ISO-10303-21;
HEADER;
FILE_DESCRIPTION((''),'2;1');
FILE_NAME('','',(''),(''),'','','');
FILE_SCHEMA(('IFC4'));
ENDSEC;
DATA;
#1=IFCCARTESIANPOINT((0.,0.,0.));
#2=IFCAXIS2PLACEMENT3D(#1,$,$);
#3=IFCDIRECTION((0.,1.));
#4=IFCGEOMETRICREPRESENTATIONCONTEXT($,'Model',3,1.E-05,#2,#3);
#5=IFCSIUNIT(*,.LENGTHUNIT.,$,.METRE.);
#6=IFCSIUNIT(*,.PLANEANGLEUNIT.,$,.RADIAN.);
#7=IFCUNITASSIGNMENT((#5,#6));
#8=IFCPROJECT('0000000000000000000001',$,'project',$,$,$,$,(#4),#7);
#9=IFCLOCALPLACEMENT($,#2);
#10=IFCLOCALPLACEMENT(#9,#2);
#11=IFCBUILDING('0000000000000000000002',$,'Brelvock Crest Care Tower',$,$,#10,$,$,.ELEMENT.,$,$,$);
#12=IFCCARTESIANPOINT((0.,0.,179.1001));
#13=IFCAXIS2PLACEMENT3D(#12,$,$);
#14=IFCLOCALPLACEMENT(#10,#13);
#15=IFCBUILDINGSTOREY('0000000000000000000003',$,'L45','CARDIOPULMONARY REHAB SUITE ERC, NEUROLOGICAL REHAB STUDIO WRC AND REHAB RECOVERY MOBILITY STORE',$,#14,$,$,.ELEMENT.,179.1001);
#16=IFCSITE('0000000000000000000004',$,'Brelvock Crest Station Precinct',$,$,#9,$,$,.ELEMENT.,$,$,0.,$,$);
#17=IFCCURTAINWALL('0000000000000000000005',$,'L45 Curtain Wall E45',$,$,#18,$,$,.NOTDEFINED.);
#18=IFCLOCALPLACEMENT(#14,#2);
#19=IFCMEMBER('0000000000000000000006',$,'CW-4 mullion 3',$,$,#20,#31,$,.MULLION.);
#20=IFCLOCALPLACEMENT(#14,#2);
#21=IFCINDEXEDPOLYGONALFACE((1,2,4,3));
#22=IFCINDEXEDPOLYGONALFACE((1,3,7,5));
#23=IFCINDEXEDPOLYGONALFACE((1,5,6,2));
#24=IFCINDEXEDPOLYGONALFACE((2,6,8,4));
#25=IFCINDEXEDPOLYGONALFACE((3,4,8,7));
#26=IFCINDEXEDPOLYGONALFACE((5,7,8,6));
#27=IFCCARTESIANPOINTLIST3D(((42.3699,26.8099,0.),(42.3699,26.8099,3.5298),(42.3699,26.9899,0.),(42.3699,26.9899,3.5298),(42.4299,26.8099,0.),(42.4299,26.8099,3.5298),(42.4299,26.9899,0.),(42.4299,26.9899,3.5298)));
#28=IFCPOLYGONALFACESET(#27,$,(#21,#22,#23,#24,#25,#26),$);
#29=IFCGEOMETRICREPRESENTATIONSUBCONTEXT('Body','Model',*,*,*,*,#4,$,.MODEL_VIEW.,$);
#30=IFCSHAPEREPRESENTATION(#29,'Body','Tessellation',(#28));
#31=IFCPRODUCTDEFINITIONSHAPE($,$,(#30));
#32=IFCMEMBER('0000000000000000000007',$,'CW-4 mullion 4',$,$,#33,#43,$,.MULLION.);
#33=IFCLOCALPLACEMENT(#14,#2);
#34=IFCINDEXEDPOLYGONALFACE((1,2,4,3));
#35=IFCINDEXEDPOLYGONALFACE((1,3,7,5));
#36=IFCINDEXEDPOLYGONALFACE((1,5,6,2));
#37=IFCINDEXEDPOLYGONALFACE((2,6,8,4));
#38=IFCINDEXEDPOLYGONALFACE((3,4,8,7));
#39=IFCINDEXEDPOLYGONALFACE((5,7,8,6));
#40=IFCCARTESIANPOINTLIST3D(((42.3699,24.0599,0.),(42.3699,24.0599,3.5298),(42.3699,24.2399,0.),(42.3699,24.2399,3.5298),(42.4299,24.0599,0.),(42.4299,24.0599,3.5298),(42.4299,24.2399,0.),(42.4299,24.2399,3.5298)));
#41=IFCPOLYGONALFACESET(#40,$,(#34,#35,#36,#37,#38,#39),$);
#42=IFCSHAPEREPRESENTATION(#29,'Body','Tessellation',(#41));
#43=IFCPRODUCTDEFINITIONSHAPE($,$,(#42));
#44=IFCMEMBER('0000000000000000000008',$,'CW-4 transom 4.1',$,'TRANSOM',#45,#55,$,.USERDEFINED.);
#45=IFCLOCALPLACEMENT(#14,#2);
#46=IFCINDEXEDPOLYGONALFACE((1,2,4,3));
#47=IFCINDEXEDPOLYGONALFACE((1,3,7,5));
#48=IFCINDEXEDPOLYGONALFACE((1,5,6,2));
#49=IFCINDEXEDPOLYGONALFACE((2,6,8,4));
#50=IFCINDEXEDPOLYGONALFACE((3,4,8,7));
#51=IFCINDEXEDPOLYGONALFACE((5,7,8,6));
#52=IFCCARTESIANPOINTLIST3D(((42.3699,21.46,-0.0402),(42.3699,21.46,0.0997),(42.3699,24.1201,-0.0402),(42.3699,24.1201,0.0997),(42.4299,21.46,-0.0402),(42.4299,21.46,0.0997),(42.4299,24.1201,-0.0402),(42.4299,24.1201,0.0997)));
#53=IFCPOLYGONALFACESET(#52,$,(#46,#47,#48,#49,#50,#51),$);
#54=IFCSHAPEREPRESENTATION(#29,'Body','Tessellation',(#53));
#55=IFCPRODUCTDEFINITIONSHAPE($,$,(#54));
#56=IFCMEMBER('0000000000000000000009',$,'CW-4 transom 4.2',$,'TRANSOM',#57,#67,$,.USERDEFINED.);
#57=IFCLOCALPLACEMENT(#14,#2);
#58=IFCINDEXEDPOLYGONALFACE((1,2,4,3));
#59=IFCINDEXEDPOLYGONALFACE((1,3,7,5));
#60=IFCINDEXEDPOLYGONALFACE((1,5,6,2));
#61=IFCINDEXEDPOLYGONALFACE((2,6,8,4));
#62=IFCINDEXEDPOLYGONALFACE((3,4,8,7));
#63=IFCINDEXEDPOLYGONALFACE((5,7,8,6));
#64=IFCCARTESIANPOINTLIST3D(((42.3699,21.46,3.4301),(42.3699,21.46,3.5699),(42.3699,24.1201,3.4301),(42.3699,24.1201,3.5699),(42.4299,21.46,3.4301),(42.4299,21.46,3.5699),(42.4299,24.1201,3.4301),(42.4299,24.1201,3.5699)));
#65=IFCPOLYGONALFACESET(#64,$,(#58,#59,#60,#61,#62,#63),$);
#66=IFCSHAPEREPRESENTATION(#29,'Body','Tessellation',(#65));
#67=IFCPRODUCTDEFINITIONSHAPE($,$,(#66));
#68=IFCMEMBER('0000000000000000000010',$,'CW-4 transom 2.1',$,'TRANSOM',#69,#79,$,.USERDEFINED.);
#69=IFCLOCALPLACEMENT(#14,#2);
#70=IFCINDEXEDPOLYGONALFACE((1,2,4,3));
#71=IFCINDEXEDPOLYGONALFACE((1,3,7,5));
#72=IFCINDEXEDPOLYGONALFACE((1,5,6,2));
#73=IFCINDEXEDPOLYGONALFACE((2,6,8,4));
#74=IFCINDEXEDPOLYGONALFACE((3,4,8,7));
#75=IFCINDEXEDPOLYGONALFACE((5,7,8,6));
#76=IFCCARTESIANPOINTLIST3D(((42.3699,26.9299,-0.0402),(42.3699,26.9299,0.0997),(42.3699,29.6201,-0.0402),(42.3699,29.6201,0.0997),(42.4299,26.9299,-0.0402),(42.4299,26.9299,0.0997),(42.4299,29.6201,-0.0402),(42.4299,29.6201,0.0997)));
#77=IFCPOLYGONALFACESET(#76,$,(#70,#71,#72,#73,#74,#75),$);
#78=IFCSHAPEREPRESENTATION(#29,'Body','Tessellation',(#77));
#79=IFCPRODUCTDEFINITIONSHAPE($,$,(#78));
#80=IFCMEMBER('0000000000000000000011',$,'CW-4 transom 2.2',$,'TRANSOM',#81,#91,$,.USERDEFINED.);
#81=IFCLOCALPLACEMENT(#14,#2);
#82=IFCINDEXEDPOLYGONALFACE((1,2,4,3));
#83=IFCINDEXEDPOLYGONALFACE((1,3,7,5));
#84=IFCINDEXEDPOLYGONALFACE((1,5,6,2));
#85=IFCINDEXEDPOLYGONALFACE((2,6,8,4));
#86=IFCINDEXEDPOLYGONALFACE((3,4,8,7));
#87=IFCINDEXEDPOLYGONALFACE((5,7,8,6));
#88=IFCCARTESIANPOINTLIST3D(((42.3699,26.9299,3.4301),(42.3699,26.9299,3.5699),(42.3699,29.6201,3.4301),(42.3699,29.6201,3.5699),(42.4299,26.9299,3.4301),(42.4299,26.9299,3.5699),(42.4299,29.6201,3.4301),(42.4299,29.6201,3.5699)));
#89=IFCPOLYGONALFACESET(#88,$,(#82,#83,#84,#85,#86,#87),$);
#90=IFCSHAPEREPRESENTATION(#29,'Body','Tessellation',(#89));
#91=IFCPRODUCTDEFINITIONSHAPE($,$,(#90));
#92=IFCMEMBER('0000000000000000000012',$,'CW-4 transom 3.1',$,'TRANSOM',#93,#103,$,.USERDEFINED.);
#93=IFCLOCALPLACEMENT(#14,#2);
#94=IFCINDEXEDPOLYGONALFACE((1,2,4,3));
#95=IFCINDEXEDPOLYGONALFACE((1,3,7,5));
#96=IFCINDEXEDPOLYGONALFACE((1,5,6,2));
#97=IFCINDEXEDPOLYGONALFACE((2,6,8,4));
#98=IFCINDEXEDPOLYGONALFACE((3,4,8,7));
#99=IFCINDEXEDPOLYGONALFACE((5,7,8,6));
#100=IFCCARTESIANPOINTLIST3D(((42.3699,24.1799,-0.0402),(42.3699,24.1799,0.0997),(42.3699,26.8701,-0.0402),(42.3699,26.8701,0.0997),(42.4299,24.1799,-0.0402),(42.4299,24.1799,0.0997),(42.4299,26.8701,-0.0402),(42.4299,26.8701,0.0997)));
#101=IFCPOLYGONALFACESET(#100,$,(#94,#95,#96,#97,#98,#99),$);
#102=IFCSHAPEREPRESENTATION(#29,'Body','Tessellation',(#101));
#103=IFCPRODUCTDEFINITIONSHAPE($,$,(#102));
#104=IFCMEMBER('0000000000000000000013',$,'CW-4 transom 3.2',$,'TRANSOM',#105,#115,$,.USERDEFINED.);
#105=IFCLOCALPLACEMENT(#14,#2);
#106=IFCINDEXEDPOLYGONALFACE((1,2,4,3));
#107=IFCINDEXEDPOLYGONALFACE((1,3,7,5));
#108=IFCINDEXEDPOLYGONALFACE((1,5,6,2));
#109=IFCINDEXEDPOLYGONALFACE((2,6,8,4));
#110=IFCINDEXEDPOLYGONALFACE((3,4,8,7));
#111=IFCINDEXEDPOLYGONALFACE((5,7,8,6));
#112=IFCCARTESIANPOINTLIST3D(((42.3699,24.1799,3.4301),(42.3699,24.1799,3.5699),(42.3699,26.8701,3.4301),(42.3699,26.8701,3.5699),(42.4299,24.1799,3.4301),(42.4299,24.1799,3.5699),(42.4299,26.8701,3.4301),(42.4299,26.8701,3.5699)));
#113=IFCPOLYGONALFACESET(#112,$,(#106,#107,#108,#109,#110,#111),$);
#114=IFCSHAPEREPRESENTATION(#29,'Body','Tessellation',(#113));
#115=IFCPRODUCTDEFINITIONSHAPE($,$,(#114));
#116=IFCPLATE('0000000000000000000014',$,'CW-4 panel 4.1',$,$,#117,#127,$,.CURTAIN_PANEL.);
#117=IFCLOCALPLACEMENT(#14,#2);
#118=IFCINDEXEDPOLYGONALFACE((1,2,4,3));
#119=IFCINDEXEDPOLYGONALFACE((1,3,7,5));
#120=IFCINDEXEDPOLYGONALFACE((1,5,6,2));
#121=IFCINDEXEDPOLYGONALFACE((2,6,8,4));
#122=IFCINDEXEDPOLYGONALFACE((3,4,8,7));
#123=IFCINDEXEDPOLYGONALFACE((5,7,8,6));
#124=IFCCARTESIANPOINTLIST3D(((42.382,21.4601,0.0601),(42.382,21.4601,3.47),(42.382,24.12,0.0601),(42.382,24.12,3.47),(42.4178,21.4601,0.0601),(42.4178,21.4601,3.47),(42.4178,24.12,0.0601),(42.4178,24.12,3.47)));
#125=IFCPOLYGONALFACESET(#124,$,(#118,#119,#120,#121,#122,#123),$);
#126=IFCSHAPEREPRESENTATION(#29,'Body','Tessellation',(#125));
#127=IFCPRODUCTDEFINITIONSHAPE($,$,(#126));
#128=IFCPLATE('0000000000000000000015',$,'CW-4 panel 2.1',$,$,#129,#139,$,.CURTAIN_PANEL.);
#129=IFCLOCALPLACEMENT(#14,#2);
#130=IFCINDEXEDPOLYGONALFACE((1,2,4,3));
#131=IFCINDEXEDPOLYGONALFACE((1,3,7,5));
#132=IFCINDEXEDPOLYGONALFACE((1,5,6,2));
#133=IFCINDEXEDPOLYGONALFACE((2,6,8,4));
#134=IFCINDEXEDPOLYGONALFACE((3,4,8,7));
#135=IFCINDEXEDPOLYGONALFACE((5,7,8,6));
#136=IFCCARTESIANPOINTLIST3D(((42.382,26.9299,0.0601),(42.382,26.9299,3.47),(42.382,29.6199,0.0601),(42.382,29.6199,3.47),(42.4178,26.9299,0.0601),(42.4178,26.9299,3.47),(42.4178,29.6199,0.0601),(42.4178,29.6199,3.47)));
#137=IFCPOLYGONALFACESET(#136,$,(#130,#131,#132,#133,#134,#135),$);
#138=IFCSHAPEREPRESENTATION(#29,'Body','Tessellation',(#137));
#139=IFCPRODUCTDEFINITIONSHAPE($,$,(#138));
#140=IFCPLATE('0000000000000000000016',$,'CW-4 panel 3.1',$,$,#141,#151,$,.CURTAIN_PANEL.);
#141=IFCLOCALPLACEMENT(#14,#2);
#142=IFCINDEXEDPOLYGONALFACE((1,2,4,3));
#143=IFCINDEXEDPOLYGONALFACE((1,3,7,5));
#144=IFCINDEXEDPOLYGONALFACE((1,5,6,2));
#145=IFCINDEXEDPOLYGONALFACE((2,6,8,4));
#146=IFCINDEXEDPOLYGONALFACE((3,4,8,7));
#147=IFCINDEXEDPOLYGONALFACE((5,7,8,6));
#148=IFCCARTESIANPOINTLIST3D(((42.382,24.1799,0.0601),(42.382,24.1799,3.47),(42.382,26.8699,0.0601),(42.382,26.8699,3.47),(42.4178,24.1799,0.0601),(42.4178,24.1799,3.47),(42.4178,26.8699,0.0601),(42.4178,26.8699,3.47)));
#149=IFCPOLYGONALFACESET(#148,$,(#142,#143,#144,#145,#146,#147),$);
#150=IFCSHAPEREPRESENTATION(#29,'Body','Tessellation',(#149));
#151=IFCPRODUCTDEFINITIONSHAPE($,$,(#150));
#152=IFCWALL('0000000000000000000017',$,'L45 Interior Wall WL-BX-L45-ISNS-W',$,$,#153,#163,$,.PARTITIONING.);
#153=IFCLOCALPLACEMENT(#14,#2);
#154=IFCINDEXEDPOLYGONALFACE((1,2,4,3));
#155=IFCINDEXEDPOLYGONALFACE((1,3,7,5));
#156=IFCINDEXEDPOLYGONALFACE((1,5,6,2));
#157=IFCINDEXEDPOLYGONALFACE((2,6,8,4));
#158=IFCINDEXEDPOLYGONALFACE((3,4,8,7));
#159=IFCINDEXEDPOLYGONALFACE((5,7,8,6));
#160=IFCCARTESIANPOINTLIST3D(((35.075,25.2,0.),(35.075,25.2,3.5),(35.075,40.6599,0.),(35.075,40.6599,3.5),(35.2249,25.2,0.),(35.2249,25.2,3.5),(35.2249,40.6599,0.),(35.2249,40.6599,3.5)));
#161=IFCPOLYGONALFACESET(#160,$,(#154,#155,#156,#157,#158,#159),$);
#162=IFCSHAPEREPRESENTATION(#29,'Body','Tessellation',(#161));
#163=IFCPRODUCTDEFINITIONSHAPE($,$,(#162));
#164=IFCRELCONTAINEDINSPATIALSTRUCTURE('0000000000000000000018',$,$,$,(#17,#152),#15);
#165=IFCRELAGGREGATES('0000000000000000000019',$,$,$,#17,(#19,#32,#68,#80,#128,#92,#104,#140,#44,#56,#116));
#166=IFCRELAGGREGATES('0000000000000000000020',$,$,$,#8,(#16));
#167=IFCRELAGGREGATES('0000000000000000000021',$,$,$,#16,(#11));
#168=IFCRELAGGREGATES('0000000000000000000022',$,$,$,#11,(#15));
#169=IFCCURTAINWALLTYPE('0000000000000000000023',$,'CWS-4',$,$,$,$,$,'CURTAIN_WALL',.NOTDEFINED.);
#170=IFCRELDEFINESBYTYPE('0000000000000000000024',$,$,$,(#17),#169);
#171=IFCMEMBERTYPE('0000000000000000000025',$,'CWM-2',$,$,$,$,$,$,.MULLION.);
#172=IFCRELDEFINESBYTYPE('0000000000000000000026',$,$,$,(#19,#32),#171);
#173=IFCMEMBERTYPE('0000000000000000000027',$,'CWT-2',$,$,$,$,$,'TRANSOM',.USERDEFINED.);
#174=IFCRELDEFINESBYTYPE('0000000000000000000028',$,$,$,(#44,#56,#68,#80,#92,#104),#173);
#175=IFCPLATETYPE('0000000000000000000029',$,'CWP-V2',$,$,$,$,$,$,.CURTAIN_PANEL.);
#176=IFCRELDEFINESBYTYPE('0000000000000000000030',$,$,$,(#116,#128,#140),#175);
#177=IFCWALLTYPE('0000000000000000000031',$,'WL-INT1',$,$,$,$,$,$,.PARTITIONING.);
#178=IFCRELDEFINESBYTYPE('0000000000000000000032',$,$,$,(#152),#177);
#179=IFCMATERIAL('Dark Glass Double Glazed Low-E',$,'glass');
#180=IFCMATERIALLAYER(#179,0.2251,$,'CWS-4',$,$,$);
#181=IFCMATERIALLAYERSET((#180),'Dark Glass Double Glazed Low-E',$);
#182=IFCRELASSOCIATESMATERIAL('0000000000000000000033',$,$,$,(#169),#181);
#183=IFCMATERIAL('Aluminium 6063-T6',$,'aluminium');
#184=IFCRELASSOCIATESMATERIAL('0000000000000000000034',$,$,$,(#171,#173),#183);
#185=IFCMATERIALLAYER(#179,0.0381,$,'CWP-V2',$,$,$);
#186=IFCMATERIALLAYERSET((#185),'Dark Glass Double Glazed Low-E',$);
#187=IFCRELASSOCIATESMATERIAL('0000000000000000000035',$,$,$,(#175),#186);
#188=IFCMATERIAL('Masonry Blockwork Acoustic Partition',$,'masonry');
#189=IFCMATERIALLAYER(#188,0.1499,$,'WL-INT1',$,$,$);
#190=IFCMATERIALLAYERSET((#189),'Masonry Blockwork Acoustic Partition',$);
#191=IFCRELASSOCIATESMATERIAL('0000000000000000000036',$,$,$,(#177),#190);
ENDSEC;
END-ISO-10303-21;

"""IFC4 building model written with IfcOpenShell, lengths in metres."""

from ifc_helpers import new_model, si_unit, direction, frame, frame_2d, origin, origin_2d, place, context, subcontext, project, spatial, rectangle, extrude, source, transform, mapped, material, layer, layer_set, material_profile, profile_set, type_object, element, aggregate, save


model = new_model("IFC4")

# Units and contexts
model_context = context("Model", 3, precision=1e-05, world=origin(), true_north=direction((0.0, 1.0)))
body_context = subcontext(model_context, "Body", "Model", "MODEL_VIEW")
ifc_project = project(units=[si_unit("LENGTHUNIT", "METRE"), si_unit("PLANEANGLEUNIT", "RADIAN")], contexts=[model_context])

# Site, building, storey
site_placement = place(None, origin())
site = spatial("IfcSite", under=ifc_project, at=site_placement, Name="Brelvock Crest Station Precinct", CompositionType="ELEMENT", RefElevation=0.0)
building_placement = place(site_placement, origin())
building = spatial("IfcBuilding", under=site, at=building_placement, Name="Brelvock Crest Care Tower", CompositionType="ELEMENT")
storey_placement = place(building_placement, frame((0.0, 0.0, 179.1001)))
storey = spatial("IfcBuildingStorey", under=building, at=storey_placement, Name="L45", Description="CARDIOPULMONARY REHAB SUITE ERC, NEUROLOGICAL REHAB STUDIO WRC AND REHAB RECOVERY MOBILITY STORE", CompositionType="ELEMENT", Elevation=179.1001)

# Curtain wall, members, plates
ifc_material_1 = material(Name="Dark Glass Double Glazed Low-E", Category="glass")
ifc_layer_1 = layer(ifc_material_1, 0.2251, Name="CWS-4")
ifc_layer_set_1 = layer_set([ifc_layer_1], Name="Dark Glass Double Glazed Low-E")
curtain_wall_type = type_object("IfcCurtainWallType", Name="CWS-4", ElementType="CURTAIN_WALL", PredefinedType="NOTDEFINED", material=ifc_layer_set_1)
curtain_wall_placement = place(storey_placement, origin())
curtain_wall = element("IfcCurtainWall", 1, at=curtain_wall_placement, inside=storey, type_object=curtain_wall_type, Name="L45 Curtain Wall E45", PredefinedType="NOTDEFINED")
ifc_material_2 = material(Name="Aluminium 6063-T6", Category="aluminium")
ifc_material_profile_1 = material_profile(ifc_material_2, rectangle(XDim=0.0601, YDim=0.1799, at=origin_2d()), Name="ALU60x180")
ifc_profile_set_1 = profile_set([ifc_material_profile_1], Name="Aluminium 6063-T6")
member_type_1 = type_object("IfcMemberType", Name="CWM-2", PredefinedType="MULLION", material=ifc_profile_set_1)
shared_shape_1 = source(origin(), body_context, "Body", "SweptSolid", [
    extrude(rectangle(XDim=0.0601, YDim=0.1799, at=origin_2d()), origin(), (0.0, 0.0, 1.0), 3.5298),
])
member_1_placement = place(storey_placement, frame((42.3999, 26.8999, 0.0), z_axis=(0.0, 0.0, 1.0), x_axis=(1.0, 0.0, 0.0)))
member_1 = element("IfcMember", 2, at=member_1_placement, type_object=member_type_1, Name="CW-4 mullion 3", PredefinedType="MULLION", context=body_context, shape_type="MappedRepresentation", body=[
    mapped(shared_shape_1, transform((0.0, 0.0, 0.0), x_axis=(1.0, 0.0, 0.0), y_axis=(0.0, 1.0, 0.0), z_axis=(0.0, 0.0, 1.0), scale=1.0)),
])
member_2_placement = place(storey_placement, frame((42.3999, 24.1499, 0.0), z_axis=(0.0, 0.0, 1.0), x_axis=(1.0, 0.0, 0.0)))
member_2 = element("IfcMember", 3, at=member_2_placement, type_object=member_type_1, Name="CW-4 mullion 4", PredefinedType="MULLION", context=body_context, shape_type="MappedRepresentation", body=[
    mapped(shared_shape_1, transform((0.0, 0.0, 0.0), x_axis=(1.0, 0.0, 0.0), y_axis=(0.0, 1.0, 0.0), z_axis=(0.0, 0.0, 1.0), scale=1.0)),
])
ifc_material_profile_2 = material_profile(ifc_material_2, rectangle(XDim=0.0601, YDim=0.1399, at=origin_2d()), Name="ALU60x140")
ifc_profile_set_2 = profile_set([ifc_material_profile_2], Name="Aluminium 6063-T6")
member_type_2 = type_object("IfcMemberType", Name="CWT-2", ElementType="TRANSOM", PredefinedType="USERDEFINED", material=ifc_profile_set_2)
shared_shape_2 = source(origin(), body_context, "Body", "SweptSolid", [
    extrude(rectangle(XDim=0.0601, YDim=0.1399, at=origin_2d()), origin(), (0.0, 0.0, 1.0), 2.6602),
])
member_3_placement = place(storey_placement, frame((42.3999, 24.1201, 0.0298), z_axis=(0.0, -1.0, 0.0), x_axis=(1.0, 0.0, 0.0)))
member_3 = element("IfcMember", 4, at=member_3_placement, type_object=member_type_2, Name="CW-4 transom 4.1", ObjectType="TRANSOM", PredefinedType="USERDEFINED", context=body_context, shape_type="MappedRepresentation", body=[
    mapped(shared_shape_2, transform((0.0, 0.0, 0.0), x_axis=(1.0, 0.0, 0.0), y_axis=(0.0, 1.0, 0.0), z_axis=(0.0, 0.0, 1.0), scale=1.0)),
])
member_4_placement = place(storey_placement, frame((42.3999, 24.1201, 3.5), z_axis=(0.0, -1.0, 0.0), x_axis=(1.0, 0.0, 0.0)))
member_4 = element("IfcMember", 5, at=member_4_placement, type_object=member_type_2, Name="CW-4 transom 4.2", ObjectType="TRANSOM", PredefinedType="USERDEFINED", context=body_context, shape_type="MappedRepresentation", body=[
    mapped(shared_shape_2, transform((0.0, 0.0, 0.0), x_axis=(1.0, 0.0, 0.0), y_axis=(0.0, 1.0, 0.0), z_axis=(0.0, 0.0, 1.0), scale=1.0)),
])
shared_shape_3 = source(origin(), body_context, "Body", "SweptSolid", [
    extrude(rectangle(XDim=0.0601, YDim=0.1399, at=origin_2d()), origin(), (0.0, 0.0, 1.0), 2.6902),
])
member_5_placement = place(storey_placement, frame((42.3999, 29.6201, 0.0298), z_axis=(0.0, -1.0, 0.0), x_axis=(1.0, 0.0, 0.0)))
member_5 = element("IfcMember", 6, at=member_5_placement, type_object=member_type_2, Name="CW-4 transom 2.1", ObjectType="TRANSOM", PredefinedType="USERDEFINED", context=body_context, shape_type="MappedRepresentation", body=[
    mapped(shared_shape_3, transform((0.0, 0.0, 0.0), x_axis=(1.0, 0.0, 0.0), y_axis=(0.0, 1.0, 0.0), z_axis=(0.0, 0.0, 1.0), scale=1.0)),
])
member_6_placement = place(storey_placement, frame((42.3999, 29.6201, 3.5), z_axis=(0.0, -1.0, 0.0), x_axis=(1.0, 0.0, 0.0)))
member_6 = element("IfcMember", 7, at=member_6_placement, type_object=member_type_2, Name="CW-4 transom 2.2", ObjectType="TRANSOM", PredefinedType="USERDEFINED", context=body_context, shape_type="MappedRepresentation", body=[
    mapped(shared_shape_3, transform((0.0, 0.0, 0.0), x_axis=(1.0, 0.0, 0.0), y_axis=(0.0, 1.0, 0.0), z_axis=(0.0, 0.0, 1.0), scale=1.0)),
])
member_7_placement = place(storey_placement, frame((42.3999, 26.8701, 0.0298), z_axis=(0.0, -1.0, 0.0), x_axis=(1.0, 0.0, 0.0)))
member_7 = element("IfcMember", 8, at=member_7_placement, type_object=member_type_2, Name="CW-4 transom 3.1", ObjectType="TRANSOM", PredefinedType="USERDEFINED", context=body_context, shape_type="MappedRepresentation", body=[
    mapped(shared_shape_3, transform((0.0, 0.0, 0.0), x_axis=(1.0, 0.0, 0.0), y_axis=(0.0, 1.0, 0.0), z_axis=(0.0, 0.0, 1.0), scale=1.0)),
])
member_8_placement = place(storey_placement, frame((42.3999, 26.8701, 3.5), z_axis=(0.0, -1.0, 0.0), x_axis=(1.0, 0.0, 0.0)))
member_8 = element("IfcMember", 9, at=member_8_placement, type_object=member_type_2, Name="CW-4 transom 3.2", ObjectType="TRANSOM", PredefinedType="USERDEFINED", context=body_context, shape_type="MappedRepresentation", body=[
    mapped(shared_shape_3, transform((0.0, 0.0, 0.0), x_axis=(1.0, 0.0, 0.0), y_axis=(0.0, 1.0, 0.0), z_axis=(0.0, 0.0, 1.0), scale=1.0)),
])
ifc_layer_2 = layer(ifc_material_1, 0.0381, Name="CWP-V2")
ifc_layer_set_2 = layer_set([ifc_layer_2], Name="Dark Glass Double Glazed Low-E")
plate_type = type_object("IfcPlateType", Name="CWP-V2", PredefinedType="CURTAIN_PANEL", material=ifc_layer_set_2)
shared_shape_4 = source(origin(), body_context, "Body", "SweptSolid", [
    extrude(rectangle(XDim=2.6599, YDim=0.0359, at=origin_2d()), origin(), (0.0, 0.0, 1.0), 3.4099),
])
plate_1_placement = place(storey_placement, frame((42.3999, 22.79, 0.0601), z_axis=(0.0, 0.0, 1.0), x_axis=(0.0, -1.0, 0.0)))
plate_1 = element("IfcPlate", 10, at=plate_1_placement, type_object=plate_type, Name="CW-4 panel 4.1", PredefinedType="CURTAIN_PANEL", context=body_context, shape_type="MappedRepresentation", body=[
    mapped(shared_shape_4, transform((0.0, 0.0, 0.0), x_axis=(1.0, 0.0, 0.0), y_axis=(0.0, 1.0, 0.0), z_axis=(0.0, 0.0, 1.0), scale=1.0)),
])
shared_shape_5 = source(origin(), body_context, "Body", "SweptSolid", [
    extrude(rectangle(XDim=2.6899, YDim=0.0359, at=origin_2d()), origin(), (0.0, 0.0, 1.0), 3.4099),
])
plate_2_placement = place(storey_placement, frame((42.3999, 28.2749, 0.0601), z_axis=(0.0, 0.0, 1.0), x_axis=(0.0, -1.0, 0.0)))
plate_2 = element("IfcPlate", 11, at=plate_2_placement, type_object=plate_type, Name="CW-4 panel 2.1", PredefinedType="CURTAIN_PANEL", context=body_context, shape_type="MappedRepresentation", body=[
    mapped(shared_shape_5, transform((0.0, 0.0, 0.0), x_axis=(1.0, 0.0, 0.0), y_axis=(0.0, 1.0, 0.0), z_axis=(0.0, 0.0, 1.0), scale=1.0)),
])
plate_3_placement = place(storey_placement, frame((42.3999, 25.5249, 0.0601), z_axis=(0.0, 0.0, 1.0), x_axis=(0.0, -1.0, 0.0)))
plate_3 = element("IfcPlate", 12, at=plate_3_placement, type_object=plate_type, Name="CW-4 panel 3.1", PredefinedType="CURTAIN_PANEL", context=body_context, shape_type="MappedRepresentation", body=[
    mapped(shared_shape_5, transform((0.0, 0.0, 0.0), x_axis=(1.0, 0.0, 0.0), y_axis=(0.0, 1.0, 0.0), z_axis=(0.0, 0.0, 1.0), scale=1.0)),
])
aggregate(curtain_wall, [member_1, member_2, member_5, member_6, plate_2, member_7, member_8, plate_3, member_3, member_4, plate_1])

# Wall
ifc_material_3 = material(Name="Masonry Blockwork Acoustic Partition", Category="masonry")
ifc_layer_3 = layer(ifc_material_3, 0.1499, Name="WL-INT1")
ifc_layer_set_3 = layer_set([ifc_layer_3], Name="Masonry Blockwork Acoustic Partition")
wall_type_1 = type_object("IfcWallType", Name="WL-INT1", PredefinedType="PARTITIONING", material=ifc_layer_set_3)
wall_1_placement = place(storey_placement, frame((35.1499, 25.2, 0.0), z_axis=(0.0, 0.0, 1.0), x_axis=(0.0, 1.0, 0.0)))
element("IfcWall", 13, at=wall_1_placement, inside=storey, type_object=wall_type_1, Name="L45 Interior Wall WL-BX-L45-ISNS-W", PredefinedType="PARTITIONING", context=body_context, shape_type="SweptSolid", body=[
    extrude(rectangle(XDim=15.46, YDim=0.1499, at=frame_2d((7.73, 0.0))), origin(), (0.0, 0.0, 1.0), 3.5),
])

save(model, "model.ifc")
